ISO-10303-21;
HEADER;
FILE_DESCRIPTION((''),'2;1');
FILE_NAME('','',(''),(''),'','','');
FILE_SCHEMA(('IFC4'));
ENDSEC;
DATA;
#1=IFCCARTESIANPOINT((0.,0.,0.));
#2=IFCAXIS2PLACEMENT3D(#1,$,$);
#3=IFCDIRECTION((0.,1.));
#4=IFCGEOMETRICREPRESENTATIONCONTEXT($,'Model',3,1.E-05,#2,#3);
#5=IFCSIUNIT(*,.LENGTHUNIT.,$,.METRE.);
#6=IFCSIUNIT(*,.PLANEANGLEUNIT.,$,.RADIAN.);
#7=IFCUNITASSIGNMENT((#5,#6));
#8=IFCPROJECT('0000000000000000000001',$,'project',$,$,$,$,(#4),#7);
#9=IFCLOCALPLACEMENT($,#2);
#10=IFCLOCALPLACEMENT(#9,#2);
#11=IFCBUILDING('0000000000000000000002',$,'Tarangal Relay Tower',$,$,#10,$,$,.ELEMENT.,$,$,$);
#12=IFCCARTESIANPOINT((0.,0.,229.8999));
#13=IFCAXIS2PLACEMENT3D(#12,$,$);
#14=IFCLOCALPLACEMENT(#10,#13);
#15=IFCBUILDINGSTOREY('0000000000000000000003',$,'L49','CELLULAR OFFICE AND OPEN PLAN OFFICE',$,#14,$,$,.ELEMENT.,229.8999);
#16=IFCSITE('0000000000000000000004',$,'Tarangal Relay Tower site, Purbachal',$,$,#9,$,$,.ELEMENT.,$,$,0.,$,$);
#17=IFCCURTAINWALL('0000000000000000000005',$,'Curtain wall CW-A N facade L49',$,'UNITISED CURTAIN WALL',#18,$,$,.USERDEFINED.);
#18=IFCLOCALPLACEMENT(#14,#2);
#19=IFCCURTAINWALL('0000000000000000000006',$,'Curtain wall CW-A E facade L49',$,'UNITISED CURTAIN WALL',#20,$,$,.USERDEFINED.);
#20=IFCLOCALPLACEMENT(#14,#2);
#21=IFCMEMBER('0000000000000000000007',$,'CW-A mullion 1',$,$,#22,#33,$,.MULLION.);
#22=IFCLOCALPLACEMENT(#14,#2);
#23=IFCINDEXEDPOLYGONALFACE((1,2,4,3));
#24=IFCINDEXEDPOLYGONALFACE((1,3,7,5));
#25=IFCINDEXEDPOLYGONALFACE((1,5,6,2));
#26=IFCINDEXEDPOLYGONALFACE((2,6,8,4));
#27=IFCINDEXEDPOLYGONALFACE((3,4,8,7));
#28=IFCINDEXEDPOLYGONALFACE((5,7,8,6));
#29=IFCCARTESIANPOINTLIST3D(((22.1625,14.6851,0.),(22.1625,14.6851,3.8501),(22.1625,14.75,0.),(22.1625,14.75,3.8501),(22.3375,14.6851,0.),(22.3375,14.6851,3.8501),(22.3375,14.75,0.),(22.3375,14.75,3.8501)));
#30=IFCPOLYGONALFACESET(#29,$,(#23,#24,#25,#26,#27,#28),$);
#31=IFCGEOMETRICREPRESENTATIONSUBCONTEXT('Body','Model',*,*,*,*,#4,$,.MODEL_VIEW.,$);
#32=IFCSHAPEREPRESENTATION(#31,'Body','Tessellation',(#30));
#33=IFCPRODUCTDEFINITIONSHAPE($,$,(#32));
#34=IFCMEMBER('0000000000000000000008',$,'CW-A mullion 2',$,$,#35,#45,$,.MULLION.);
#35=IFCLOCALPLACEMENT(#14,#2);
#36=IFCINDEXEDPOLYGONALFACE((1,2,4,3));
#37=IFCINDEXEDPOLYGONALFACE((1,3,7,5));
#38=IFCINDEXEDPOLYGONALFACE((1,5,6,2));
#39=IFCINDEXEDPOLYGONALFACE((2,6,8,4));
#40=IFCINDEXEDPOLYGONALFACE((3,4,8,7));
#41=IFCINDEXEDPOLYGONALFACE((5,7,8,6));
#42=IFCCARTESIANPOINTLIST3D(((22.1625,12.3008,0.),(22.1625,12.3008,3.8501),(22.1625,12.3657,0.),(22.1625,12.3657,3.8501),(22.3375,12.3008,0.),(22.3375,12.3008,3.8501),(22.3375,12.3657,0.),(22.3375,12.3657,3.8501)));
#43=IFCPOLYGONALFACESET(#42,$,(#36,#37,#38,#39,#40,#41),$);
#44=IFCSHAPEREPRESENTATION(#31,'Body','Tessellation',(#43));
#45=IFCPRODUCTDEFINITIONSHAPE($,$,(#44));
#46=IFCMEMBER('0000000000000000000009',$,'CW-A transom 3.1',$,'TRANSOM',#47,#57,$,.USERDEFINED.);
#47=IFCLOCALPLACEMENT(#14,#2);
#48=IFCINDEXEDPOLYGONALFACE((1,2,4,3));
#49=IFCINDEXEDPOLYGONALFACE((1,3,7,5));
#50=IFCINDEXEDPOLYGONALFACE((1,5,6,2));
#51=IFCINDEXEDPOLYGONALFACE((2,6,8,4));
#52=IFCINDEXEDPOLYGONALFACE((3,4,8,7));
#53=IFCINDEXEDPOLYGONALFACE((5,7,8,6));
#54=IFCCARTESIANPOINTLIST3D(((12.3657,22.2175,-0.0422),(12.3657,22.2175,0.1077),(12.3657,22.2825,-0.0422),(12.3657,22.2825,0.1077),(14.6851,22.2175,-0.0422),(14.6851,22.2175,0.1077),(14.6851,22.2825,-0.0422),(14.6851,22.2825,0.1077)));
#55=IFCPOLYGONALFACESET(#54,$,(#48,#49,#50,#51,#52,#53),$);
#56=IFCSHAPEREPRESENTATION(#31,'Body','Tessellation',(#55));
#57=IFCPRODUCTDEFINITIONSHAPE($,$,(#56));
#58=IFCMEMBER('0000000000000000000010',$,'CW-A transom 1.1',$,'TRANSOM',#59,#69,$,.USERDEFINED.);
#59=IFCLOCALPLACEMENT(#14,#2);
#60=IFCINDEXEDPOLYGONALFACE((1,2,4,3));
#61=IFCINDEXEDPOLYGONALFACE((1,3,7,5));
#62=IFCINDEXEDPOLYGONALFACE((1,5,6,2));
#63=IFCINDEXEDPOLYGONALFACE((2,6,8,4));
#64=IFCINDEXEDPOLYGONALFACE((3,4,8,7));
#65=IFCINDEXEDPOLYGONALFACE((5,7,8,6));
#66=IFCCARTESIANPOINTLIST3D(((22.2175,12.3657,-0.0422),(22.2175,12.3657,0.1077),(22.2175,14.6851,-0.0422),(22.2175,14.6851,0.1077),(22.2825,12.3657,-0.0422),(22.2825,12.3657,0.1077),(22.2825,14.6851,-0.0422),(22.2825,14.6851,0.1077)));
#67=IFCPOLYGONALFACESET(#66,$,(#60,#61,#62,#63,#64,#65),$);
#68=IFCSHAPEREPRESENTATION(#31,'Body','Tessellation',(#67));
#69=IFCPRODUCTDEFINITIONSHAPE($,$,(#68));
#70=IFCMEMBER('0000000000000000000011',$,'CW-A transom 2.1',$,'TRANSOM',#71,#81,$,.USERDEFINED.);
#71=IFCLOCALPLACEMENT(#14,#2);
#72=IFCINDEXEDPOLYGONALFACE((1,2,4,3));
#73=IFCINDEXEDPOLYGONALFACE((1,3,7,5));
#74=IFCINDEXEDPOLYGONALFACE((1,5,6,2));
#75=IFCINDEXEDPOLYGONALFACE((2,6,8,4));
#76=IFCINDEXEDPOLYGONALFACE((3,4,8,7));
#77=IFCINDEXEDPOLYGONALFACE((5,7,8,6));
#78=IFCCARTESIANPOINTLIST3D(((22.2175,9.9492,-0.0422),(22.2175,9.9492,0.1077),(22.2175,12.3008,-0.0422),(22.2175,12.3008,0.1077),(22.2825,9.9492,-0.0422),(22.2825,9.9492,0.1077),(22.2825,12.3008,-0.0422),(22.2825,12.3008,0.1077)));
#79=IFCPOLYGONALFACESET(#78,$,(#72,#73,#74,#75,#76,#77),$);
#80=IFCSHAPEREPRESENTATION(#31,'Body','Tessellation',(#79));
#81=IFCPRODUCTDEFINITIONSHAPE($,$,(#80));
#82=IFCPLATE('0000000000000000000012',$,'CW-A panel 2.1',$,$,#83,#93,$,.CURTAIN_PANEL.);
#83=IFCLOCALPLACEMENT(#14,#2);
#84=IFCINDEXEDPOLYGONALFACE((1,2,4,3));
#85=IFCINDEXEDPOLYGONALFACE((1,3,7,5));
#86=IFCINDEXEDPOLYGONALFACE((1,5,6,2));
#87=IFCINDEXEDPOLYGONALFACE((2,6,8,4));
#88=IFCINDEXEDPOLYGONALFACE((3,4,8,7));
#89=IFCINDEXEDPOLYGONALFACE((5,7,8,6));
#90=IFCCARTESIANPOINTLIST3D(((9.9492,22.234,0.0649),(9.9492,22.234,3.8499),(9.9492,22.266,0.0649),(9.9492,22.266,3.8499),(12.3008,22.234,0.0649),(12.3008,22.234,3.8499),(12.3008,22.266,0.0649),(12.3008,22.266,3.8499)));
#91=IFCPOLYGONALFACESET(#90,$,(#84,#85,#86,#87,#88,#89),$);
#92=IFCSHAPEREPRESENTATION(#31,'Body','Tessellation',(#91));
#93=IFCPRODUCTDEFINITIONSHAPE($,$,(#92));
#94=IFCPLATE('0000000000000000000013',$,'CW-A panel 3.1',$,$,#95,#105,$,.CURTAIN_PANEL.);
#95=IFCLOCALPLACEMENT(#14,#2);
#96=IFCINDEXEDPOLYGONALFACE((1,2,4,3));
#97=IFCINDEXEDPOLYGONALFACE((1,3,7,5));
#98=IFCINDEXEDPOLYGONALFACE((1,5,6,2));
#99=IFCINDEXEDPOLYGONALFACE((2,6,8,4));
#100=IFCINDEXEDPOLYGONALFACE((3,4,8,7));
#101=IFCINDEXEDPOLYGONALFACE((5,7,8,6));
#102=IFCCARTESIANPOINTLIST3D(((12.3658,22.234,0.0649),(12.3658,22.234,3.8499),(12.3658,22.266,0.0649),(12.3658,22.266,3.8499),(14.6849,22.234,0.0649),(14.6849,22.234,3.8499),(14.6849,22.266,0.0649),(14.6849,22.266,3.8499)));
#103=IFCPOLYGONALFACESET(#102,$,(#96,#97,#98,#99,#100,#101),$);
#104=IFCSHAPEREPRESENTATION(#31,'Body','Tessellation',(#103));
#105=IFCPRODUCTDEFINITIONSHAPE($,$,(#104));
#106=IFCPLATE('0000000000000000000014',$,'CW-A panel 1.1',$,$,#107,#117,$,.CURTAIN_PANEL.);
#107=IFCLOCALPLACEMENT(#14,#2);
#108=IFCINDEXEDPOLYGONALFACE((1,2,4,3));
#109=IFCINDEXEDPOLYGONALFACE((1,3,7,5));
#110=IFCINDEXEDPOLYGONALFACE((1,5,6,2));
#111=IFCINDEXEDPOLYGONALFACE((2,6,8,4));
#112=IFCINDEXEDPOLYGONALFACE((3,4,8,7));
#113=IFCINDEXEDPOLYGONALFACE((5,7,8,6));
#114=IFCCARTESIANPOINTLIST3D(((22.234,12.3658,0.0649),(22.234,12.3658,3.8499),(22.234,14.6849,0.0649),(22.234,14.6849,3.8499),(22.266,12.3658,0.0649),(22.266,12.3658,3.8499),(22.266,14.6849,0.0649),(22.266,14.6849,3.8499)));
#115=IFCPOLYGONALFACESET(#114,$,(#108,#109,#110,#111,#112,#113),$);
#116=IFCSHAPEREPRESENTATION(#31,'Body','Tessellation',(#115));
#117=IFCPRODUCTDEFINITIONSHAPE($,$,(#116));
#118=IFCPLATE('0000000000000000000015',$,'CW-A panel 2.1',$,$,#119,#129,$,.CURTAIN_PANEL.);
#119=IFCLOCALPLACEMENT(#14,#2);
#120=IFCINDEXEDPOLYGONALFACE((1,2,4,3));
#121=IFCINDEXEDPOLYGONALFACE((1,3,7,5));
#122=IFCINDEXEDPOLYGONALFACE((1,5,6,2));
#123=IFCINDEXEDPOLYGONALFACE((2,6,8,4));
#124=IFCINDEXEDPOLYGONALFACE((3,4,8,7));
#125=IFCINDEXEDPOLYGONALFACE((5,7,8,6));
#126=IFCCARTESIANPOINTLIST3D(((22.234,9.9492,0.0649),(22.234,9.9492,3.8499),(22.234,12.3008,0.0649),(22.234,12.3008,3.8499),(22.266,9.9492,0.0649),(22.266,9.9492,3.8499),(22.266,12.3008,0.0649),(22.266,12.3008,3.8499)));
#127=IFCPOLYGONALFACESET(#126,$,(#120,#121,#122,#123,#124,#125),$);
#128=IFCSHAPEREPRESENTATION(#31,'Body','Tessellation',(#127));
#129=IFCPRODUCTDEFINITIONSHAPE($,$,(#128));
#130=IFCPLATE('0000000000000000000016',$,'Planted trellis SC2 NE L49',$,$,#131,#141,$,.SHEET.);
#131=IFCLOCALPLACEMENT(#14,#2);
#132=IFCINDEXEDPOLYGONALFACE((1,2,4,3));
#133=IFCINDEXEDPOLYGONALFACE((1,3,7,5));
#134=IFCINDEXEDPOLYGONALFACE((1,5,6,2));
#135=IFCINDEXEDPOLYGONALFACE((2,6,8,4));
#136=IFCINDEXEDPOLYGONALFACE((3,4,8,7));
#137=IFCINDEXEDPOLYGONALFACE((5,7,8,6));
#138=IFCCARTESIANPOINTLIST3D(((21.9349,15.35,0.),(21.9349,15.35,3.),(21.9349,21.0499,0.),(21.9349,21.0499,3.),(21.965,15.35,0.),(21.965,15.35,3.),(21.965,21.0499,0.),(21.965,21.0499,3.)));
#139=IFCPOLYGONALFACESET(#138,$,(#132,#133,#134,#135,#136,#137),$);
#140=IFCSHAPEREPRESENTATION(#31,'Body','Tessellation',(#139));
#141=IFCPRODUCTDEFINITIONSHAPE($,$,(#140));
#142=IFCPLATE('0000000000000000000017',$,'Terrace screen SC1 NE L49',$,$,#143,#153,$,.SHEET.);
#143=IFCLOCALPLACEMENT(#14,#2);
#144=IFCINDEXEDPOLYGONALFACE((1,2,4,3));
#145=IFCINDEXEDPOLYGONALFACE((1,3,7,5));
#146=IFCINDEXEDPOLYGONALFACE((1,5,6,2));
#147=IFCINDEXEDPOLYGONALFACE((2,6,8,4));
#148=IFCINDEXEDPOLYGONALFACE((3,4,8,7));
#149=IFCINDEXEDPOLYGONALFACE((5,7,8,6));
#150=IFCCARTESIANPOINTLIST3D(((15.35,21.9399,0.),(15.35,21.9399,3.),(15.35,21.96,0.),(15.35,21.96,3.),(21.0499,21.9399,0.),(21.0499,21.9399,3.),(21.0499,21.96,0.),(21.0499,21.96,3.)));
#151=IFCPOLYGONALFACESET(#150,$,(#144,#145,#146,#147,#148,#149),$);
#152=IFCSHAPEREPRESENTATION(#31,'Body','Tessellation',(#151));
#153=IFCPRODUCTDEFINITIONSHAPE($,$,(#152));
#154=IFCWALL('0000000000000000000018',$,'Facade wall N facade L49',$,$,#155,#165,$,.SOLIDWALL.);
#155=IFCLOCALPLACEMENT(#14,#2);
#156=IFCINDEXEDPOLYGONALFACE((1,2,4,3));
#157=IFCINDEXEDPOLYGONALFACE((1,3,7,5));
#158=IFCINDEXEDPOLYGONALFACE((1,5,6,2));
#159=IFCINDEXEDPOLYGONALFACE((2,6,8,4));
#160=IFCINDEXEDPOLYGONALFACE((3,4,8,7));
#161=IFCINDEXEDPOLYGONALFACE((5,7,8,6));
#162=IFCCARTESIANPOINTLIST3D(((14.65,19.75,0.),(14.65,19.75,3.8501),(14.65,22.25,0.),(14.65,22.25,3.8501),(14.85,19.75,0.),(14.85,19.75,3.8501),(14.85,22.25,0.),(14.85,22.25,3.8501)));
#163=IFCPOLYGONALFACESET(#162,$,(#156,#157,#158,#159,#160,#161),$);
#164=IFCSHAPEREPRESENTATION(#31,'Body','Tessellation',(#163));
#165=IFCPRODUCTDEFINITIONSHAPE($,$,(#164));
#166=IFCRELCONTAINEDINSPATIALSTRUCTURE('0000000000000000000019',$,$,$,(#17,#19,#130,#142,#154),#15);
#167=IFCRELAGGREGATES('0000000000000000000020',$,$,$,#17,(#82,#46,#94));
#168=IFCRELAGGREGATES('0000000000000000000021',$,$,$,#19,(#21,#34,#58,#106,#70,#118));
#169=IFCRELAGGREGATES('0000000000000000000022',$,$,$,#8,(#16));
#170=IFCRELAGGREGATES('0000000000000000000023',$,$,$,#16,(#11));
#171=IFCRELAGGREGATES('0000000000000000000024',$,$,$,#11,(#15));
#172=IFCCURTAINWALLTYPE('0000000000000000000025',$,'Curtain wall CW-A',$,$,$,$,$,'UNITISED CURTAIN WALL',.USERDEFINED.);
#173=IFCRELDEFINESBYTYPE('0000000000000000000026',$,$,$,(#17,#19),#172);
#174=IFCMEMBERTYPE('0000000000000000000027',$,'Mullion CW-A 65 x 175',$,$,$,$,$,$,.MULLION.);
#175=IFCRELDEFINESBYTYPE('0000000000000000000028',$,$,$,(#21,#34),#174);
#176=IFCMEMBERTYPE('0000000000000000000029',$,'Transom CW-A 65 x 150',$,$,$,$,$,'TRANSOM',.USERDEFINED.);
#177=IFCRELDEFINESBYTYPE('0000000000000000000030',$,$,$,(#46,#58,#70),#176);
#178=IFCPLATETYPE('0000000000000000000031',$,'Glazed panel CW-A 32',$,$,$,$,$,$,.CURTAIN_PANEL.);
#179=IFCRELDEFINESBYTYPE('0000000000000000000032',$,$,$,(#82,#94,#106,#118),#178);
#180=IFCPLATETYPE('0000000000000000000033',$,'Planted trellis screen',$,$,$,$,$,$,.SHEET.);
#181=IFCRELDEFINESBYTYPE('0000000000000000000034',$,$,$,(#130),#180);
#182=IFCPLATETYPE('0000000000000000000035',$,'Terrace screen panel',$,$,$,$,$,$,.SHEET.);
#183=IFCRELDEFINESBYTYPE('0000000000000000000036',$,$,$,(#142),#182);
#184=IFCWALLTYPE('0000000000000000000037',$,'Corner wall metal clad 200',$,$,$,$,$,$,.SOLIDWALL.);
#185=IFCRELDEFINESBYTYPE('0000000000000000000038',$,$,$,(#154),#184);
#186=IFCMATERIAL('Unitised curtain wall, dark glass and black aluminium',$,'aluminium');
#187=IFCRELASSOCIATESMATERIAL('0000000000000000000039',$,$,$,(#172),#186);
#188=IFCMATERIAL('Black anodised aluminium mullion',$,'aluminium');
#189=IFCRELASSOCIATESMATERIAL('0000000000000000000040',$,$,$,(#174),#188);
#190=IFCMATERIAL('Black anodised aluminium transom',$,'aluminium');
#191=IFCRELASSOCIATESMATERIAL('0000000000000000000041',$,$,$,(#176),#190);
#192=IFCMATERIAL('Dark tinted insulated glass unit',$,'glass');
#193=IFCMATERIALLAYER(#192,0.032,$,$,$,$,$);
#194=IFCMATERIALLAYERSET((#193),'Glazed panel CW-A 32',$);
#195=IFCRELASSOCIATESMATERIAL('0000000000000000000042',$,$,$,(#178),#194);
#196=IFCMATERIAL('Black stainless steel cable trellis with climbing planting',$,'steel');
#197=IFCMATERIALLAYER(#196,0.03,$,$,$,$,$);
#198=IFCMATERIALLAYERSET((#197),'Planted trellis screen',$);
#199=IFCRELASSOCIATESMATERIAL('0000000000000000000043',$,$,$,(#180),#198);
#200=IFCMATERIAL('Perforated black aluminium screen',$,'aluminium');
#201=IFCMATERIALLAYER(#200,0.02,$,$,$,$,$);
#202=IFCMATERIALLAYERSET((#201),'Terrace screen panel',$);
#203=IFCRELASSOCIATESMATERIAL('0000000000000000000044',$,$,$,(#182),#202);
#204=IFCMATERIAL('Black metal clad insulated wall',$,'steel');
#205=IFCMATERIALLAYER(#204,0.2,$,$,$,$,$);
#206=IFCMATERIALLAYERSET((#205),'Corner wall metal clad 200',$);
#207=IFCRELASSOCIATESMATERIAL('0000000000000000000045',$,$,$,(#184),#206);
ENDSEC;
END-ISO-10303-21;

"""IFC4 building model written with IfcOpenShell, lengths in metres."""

from ifc_helpers import new_model, si_unit, direction, frame, frame_2d, origin, origin_2d, place, context, subcontext, project, spatial, rectangle, extrude, material, layer, layer_set, material_profile, profile_set, type_object, element, aggregate, save


model = new_model("IFC4")

# Units and contexts
model_context = context("Model", 3, precision=1e-05, world=origin(), true_north=direction((0.0, 1.0)))
body_context = subcontext(model_context, "Body", "Model", "MODEL_VIEW")
ifc_project = project(units=[si_unit("LENGTHUNIT", "METRE"), si_unit("PLANEANGLEUNIT", "RADIAN")], contexts=[model_context])

# Site, building, storey
site_placement = place(None, origin())
site = spatial("IfcSite", under=ifc_project, at=site_placement, Name="Tarangal Relay Tower site, Purbachal", CompositionType="ELEMENT", RefElevation=0.0)
building_placement = place(site_placement, origin())
building = spatial("IfcBuilding", under=site, at=building_placement, Name="Tarangal Relay Tower", CompositionType="ELEMENT")
storey_placement = place(building_placement, frame((0.0, 0.0, 229.8999)))
storey = spatial("IfcBuildingStorey", under=building, at=storey_placement, Name="L49", Description="CELLULAR OFFICE AND OPEN PLAN OFFICE", CompositionType="ELEMENT", Elevation=229.8999)

# Curtain walls, members
ifc_material_1 = material(Name="Unitised curtain wall, dark glass and black aluminium", Category="aluminium")
curtain_wall_type = type_object("IfcCurtainWallType", Name="Curtain wall CW-A", ElementType="UNITISED CURTAIN WALL", PredefinedType="USERDEFINED", material=ifc_material_1)
curtain_wall_1_placement = place(storey_placement, origin())
curtain_wall_1 = element("IfcCurtainWall", 1, at=curtain_wall_1_placement, inside=storey, type_object=curtain_wall_type, Name="Curtain wall CW-A N facade L49", ObjectType="UNITISED CURTAIN WALL", PredefinedType="USERDEFINED")
ifc_material_2 = material(Name="Black anodised aluminium mullion", Category="aluminium")
ifc_material_profile_1 = material_profile(ifc_material_2, rectangle(XDim=0.175, YDim=0.0649, at=origin_2d()), Name="CW-AM 65X175")
ifc_profile_set_1 = profile_set([ifc_material_profile_1], Name="Black anodised aluminium mullion")
member_type_1 = type_object("IfcMemberType", Name="Mullion CW-A 65 x 175", PredefinedType="MULLION", material=ifc_profile_set_1)
curtain_wall_2_placement = place(storey_placement, origin())
curtain_wall_2 = element("IfcCurtainWall", 2, at=curtain_wall_2_placement, inside=storey, type_object=curtain_wall_type, Name="Curtain wall CW-A E facade L49", ObjectType="UNITISED CURTAIN WALL", PredefinedType="USERDEFINED")
member_1_placement = place(storey_placement, frame((22.25, 14.7175, 0.0), z_axis=(0.0, 0.0, 1.0), x_axis=(1.0, 0.0, 0.0)))
member_1 = element("IfcMember", 3, at=member_1_placement, type_object=member_type_1, Name="CW-A mullion 1", PredefinedType="MULLION", context=body_context, shape_type="SweptSolid", body=[
    extrude(rectangle(XDim=0.175, YDim=0.0649, at=origin_2d()), origin(), (0.0, 0.0, 1.0), 3.8501),
])
member_2_placement = place(storey_placement, frame((22.25, 12.3333, 0.0), z_axis=(0.0, 0.0, 1.0), x_axis=(1.0, 0.0, 0.0)))
member_2 = element("IfcMember", 4, at=member_2_placement, type_object=member_type_1, Name="CW-A mullion 2", PredefinedType="MULLION", context=body_context, shape_type="SweptSolid", body=[
    extrude(rectangle(XDim=0.175, YDim=0.0649, at=origin_2d()), origin(), (0.0, 0.0, 1.0), 3.8501),
])

# Members
ifc_material_3 = material(Name="Black anodised aluminium transom", Category="aluminium")
ifc_material_profile_2 = material_profile(ifc_material_3, rectangle(XDim=0.0649, YDim=0.1499, at=origin_2d()), Name="CW-AT 65X150")
ifc_profile_set_2 = profile_set([ifc_material_profile_2], Name="Black anodised aluminium transom")
member_type_2 = type_object("IfcMemberType", Name="Transom CW-A 65 x 150", ElementType="TRANSOM", PredefinedType="USERDEFINED", material=ifc_profile_set_2)
member_3_placement = place(storey_placement, frame((12.3657, 22.25, 0.0327), z_axis=(1.0, 0.0, 0.0), x_axis=(0.0, 1.0, 0.0)))
member_3 = element("IfcMember", 5, at=member_3_placement, type_object=member_type_2, Name="CW-A transom 3.1", ObjectType="TRANSOM", PredefinedType="USERDEFINED", context=body_context, shape_type="SweptSolid", body=[
    extrude(rectangle(XDim=0.0649, YDim=0.1499, at=origin_2d()), origin(), (0.0, 0.0, 1.0), 2.3193),
])
member_4_placement = place(storey_placement, frame((22.25, 14.6851, 0.0327), z_axis=(0.0, -1.0, 0.0), x_axis=(1.0, 0.0, 0.0)))
member_4 = element("IfcMember", 6, at=member_4_placement, type_object=member_type_2, Name="CW-A transom 1.1", ObjectType="TRANSOM", PredefinedType="USERDEFINED", context=body_context, shape_type="SweptSolid", body=[
    extrude(rectangle(XDim=0.0649, YDim=0.1499, at=origin_2d()), origin(), (0.0, 0.0, 1.0), 2.3193),
])
member_5_placement = place(storey_placement, frame((22.25, 12.3008, 0.0327), z_axis=(0.0, -1.0, 0.0), x_axis=(1.0, 0.0, 0.0)))
member_5 = element("IfcMember", 7, at=member_5_placement, type_object=member_type_2, Name="CW-A transom 2.1", ObjectType="TRANSOM", PredefinedType="USERDEFINED", context=body_context, shape_type="SweptSolid", body=[
    extrude(rectangle(XDim=0.0649, YDim=0.1499, at=origin_2d()), origin(), (0.0, 0.0, 1.0), 2.3516),
])

# Plates
ifc_material_4 = material(Name="Dark tinted insulated glass unit", Category="glass")
ifc_layer_1 = layer(ifc_material_4, 0.032)
ifc_layer_set_1 = layer_set([ifc_layer_1], Name="Glazed panel CW-A 32")
plate_type_1 = type_object("IfcPlateType", Name="Glazed panel CW-A 32", PredefinedType="CURTAIN_PANEL", material=ifc_layer_set_1)
plate_1_placement = place(storey_placement, frame((11.125, 22.25, 0.0649), z_axis=(0.0, 0.0, 1.0), x_axis=(1.0, 0.0, 0.0)))
plate_1 = element("IfcPlate", 8, at=plate_1_placement, type_object=plate_type_1, Name="CW-A panel 2.1", PredefinedType="CURTAIN_PANEL", context=body_context, shape_type="SweptSolid", body=[
    extrude(rectangle(XDim=2.3516, YDim=0.032, at=origin_2d()), origin(), (0.0, 0.0, 1.0), 3.7849),
])
plate_2_placement = place(storey_placement, frame((13.5254, 22.25, 0.0649), z_axis=(0.0, 0.0, 1.0), x_axis=(1.0, 0.0, 0.0)))
plate_2 = element("IfcPlate", 9, at=plate_2_placement, type_object=plate_type_1, Name="CW-A panel 3.1", PredefinedType="CURTAIN_PANEL", context=body_context, shape_type="SweptSolid", body=[
    extrude(rectangle(XDim=2.3191, YDim=0.032, at=origin_2d()), origin(), (0.0, 0.0, 1.0), 3.7849),
])
aggregate(curtain_wall_1, [plate_1, member_3, plate_2])
plate_3_placement = place(storey_placement, frame((22.25, 13.5254, 0.0649), z_axis=(0.0, 0.0, 1.0), x_axis=(0.0, -1.0, 0.0)))
plate_3 = element("IfcPlate", 10, at=plate_3_placement, type_object=plate_type_1, Name="CW-A panel 1.1", PredefinedType="CURTAIN_PANEL", context=body_context, shape_type="SweptSolid", body=[
    extrude(rectangle(XDim=2.3191, YDim=0.032, at=origin_2d()), origin(), (0.0, 0.0, 1.0), 3.7849),
])
plate_4_placement = place(storey_placement, frame((22.25, 11.125, 0.0649), z_axis=(0.0, 0.0, 1.0), x_axis=(0.0, -1.0, 0.0)))
plate_4 = element("IfcPlate", 11, at=plate_4_placement, type_object=plate_type_1, Name="CW-A panel 2.1", PredefinedType="CURTAIN_PANEL", context=body_context, shape_type="SweptSolid", body=[
    extrude(rectangle(XDim=2.3516, YDim=0.032, at=origin_2d()), origin(), (0.0, 0.0, 1.0), 3.7849),
])
aggregate(curtain_wall_2, [member_1, member_2, member_4, plate_3, member_5, plate_4])

# Plates
ifc_material_5 = material(Name="Black stainless steel cable trellis with climbing planting", Category="steel")
ifc_layer_2 = layer(ifc_material_5, 0.03)
ifc_layer_set_2 = layer_set([ifc_layer_2], Name="Planted trellis screen")
plate_type_2 = type_object("IfcPlateType", Name="Planted trellis screen", PredefinedType="SHEET", material=ifc_layer_set_2)
plate_5_placement = place(storey_placement, frame((21.95, 18.2, 0.0), z_axis=(0.0, 0.0, 1.0), x_axis=(0.0, -1.0, 0.0)))
element("IfcPlate", 12, at=plate_5_placement, inside=storey, type_object=plate_type_2, Name="Planted trellis SC2 NE L49", PredefinedType="SHEET", context=body_context, shape_type="SweptSolid", body=[
    extrude(rectangle(XDim=5.7, YDim=0.03, at=origin_2d()), origin(), (0.0, 0.0, 1.0), 3.0),
])
ifc_material_6 = material(Name="Perforated black aluminium screen", Category="aluminium")
ifc_layer_3 = layer(ifc_material_6, 0.02)
ifc_layer_set_3 = layer_set([ifc_layer_3], Name="Terrace screen panel")
plate_type_3 = type_object("IfcPlateType", Name="Terrace screen panel", PredefinedType="SHEET", material=ifc_layer_set_3)
plate_6_placement = place(storey_placement, frame((18.2, 21.95, 0.0), z_axis=(0.0, 0.0, 1.0), x_axis=(1.0, 0.0, 0.0)))
element("IfcPlate", 13, at=plate_6_placement, inside=storey, type_object=plate_type_3, Name="Terrace screen SC1 NE L49", PredefinedType="SHEET", context=body_context, shape_type="SweptSolid", body=[
    extrude(rectangle(XDim=5.7, YDim=0.02, at=origin_2d()), origin(), (0.0, 0.0, 1.0), 3.0),
])

# Wall
ifc_material_7 = material(Name="Black metal clad insulated wall", Category="steel")
ifc_layer_4 = layer(ifc_material_7, 0.2)
ifc_layer_set_4 = layer_set([ifc_layer_4], Name="Corner wall metal clad 200")
wall_type = type_object("IfcWallType", Name="Corner wall metal clad 200", PredefinedType="SOLIDWALL", material=ifc_layer_set_4)
wall_1_placement = place(storey_placement, frame((14.75, 22.25, 0.0), z_axis=(0.0, 0.0, 1.0), x_axis=(0.0, -1.0, 0.0)))
element("IfcWall", 14, at=wall_1_placement, inside=storey, type_object=wall_type, Name="Facade wall N facade L49", PredefinedType="SOLIDWALL", context=body_context, shape_type="SweptSolid", body=[
    extrude(rectangle(XDim=2.5, YDim=0.2, at=frame_2d((1.25, 0.0))), origin(), (0.0, 0.0, 1.0), 3.8501),
])

save(model, "model.ifc")
